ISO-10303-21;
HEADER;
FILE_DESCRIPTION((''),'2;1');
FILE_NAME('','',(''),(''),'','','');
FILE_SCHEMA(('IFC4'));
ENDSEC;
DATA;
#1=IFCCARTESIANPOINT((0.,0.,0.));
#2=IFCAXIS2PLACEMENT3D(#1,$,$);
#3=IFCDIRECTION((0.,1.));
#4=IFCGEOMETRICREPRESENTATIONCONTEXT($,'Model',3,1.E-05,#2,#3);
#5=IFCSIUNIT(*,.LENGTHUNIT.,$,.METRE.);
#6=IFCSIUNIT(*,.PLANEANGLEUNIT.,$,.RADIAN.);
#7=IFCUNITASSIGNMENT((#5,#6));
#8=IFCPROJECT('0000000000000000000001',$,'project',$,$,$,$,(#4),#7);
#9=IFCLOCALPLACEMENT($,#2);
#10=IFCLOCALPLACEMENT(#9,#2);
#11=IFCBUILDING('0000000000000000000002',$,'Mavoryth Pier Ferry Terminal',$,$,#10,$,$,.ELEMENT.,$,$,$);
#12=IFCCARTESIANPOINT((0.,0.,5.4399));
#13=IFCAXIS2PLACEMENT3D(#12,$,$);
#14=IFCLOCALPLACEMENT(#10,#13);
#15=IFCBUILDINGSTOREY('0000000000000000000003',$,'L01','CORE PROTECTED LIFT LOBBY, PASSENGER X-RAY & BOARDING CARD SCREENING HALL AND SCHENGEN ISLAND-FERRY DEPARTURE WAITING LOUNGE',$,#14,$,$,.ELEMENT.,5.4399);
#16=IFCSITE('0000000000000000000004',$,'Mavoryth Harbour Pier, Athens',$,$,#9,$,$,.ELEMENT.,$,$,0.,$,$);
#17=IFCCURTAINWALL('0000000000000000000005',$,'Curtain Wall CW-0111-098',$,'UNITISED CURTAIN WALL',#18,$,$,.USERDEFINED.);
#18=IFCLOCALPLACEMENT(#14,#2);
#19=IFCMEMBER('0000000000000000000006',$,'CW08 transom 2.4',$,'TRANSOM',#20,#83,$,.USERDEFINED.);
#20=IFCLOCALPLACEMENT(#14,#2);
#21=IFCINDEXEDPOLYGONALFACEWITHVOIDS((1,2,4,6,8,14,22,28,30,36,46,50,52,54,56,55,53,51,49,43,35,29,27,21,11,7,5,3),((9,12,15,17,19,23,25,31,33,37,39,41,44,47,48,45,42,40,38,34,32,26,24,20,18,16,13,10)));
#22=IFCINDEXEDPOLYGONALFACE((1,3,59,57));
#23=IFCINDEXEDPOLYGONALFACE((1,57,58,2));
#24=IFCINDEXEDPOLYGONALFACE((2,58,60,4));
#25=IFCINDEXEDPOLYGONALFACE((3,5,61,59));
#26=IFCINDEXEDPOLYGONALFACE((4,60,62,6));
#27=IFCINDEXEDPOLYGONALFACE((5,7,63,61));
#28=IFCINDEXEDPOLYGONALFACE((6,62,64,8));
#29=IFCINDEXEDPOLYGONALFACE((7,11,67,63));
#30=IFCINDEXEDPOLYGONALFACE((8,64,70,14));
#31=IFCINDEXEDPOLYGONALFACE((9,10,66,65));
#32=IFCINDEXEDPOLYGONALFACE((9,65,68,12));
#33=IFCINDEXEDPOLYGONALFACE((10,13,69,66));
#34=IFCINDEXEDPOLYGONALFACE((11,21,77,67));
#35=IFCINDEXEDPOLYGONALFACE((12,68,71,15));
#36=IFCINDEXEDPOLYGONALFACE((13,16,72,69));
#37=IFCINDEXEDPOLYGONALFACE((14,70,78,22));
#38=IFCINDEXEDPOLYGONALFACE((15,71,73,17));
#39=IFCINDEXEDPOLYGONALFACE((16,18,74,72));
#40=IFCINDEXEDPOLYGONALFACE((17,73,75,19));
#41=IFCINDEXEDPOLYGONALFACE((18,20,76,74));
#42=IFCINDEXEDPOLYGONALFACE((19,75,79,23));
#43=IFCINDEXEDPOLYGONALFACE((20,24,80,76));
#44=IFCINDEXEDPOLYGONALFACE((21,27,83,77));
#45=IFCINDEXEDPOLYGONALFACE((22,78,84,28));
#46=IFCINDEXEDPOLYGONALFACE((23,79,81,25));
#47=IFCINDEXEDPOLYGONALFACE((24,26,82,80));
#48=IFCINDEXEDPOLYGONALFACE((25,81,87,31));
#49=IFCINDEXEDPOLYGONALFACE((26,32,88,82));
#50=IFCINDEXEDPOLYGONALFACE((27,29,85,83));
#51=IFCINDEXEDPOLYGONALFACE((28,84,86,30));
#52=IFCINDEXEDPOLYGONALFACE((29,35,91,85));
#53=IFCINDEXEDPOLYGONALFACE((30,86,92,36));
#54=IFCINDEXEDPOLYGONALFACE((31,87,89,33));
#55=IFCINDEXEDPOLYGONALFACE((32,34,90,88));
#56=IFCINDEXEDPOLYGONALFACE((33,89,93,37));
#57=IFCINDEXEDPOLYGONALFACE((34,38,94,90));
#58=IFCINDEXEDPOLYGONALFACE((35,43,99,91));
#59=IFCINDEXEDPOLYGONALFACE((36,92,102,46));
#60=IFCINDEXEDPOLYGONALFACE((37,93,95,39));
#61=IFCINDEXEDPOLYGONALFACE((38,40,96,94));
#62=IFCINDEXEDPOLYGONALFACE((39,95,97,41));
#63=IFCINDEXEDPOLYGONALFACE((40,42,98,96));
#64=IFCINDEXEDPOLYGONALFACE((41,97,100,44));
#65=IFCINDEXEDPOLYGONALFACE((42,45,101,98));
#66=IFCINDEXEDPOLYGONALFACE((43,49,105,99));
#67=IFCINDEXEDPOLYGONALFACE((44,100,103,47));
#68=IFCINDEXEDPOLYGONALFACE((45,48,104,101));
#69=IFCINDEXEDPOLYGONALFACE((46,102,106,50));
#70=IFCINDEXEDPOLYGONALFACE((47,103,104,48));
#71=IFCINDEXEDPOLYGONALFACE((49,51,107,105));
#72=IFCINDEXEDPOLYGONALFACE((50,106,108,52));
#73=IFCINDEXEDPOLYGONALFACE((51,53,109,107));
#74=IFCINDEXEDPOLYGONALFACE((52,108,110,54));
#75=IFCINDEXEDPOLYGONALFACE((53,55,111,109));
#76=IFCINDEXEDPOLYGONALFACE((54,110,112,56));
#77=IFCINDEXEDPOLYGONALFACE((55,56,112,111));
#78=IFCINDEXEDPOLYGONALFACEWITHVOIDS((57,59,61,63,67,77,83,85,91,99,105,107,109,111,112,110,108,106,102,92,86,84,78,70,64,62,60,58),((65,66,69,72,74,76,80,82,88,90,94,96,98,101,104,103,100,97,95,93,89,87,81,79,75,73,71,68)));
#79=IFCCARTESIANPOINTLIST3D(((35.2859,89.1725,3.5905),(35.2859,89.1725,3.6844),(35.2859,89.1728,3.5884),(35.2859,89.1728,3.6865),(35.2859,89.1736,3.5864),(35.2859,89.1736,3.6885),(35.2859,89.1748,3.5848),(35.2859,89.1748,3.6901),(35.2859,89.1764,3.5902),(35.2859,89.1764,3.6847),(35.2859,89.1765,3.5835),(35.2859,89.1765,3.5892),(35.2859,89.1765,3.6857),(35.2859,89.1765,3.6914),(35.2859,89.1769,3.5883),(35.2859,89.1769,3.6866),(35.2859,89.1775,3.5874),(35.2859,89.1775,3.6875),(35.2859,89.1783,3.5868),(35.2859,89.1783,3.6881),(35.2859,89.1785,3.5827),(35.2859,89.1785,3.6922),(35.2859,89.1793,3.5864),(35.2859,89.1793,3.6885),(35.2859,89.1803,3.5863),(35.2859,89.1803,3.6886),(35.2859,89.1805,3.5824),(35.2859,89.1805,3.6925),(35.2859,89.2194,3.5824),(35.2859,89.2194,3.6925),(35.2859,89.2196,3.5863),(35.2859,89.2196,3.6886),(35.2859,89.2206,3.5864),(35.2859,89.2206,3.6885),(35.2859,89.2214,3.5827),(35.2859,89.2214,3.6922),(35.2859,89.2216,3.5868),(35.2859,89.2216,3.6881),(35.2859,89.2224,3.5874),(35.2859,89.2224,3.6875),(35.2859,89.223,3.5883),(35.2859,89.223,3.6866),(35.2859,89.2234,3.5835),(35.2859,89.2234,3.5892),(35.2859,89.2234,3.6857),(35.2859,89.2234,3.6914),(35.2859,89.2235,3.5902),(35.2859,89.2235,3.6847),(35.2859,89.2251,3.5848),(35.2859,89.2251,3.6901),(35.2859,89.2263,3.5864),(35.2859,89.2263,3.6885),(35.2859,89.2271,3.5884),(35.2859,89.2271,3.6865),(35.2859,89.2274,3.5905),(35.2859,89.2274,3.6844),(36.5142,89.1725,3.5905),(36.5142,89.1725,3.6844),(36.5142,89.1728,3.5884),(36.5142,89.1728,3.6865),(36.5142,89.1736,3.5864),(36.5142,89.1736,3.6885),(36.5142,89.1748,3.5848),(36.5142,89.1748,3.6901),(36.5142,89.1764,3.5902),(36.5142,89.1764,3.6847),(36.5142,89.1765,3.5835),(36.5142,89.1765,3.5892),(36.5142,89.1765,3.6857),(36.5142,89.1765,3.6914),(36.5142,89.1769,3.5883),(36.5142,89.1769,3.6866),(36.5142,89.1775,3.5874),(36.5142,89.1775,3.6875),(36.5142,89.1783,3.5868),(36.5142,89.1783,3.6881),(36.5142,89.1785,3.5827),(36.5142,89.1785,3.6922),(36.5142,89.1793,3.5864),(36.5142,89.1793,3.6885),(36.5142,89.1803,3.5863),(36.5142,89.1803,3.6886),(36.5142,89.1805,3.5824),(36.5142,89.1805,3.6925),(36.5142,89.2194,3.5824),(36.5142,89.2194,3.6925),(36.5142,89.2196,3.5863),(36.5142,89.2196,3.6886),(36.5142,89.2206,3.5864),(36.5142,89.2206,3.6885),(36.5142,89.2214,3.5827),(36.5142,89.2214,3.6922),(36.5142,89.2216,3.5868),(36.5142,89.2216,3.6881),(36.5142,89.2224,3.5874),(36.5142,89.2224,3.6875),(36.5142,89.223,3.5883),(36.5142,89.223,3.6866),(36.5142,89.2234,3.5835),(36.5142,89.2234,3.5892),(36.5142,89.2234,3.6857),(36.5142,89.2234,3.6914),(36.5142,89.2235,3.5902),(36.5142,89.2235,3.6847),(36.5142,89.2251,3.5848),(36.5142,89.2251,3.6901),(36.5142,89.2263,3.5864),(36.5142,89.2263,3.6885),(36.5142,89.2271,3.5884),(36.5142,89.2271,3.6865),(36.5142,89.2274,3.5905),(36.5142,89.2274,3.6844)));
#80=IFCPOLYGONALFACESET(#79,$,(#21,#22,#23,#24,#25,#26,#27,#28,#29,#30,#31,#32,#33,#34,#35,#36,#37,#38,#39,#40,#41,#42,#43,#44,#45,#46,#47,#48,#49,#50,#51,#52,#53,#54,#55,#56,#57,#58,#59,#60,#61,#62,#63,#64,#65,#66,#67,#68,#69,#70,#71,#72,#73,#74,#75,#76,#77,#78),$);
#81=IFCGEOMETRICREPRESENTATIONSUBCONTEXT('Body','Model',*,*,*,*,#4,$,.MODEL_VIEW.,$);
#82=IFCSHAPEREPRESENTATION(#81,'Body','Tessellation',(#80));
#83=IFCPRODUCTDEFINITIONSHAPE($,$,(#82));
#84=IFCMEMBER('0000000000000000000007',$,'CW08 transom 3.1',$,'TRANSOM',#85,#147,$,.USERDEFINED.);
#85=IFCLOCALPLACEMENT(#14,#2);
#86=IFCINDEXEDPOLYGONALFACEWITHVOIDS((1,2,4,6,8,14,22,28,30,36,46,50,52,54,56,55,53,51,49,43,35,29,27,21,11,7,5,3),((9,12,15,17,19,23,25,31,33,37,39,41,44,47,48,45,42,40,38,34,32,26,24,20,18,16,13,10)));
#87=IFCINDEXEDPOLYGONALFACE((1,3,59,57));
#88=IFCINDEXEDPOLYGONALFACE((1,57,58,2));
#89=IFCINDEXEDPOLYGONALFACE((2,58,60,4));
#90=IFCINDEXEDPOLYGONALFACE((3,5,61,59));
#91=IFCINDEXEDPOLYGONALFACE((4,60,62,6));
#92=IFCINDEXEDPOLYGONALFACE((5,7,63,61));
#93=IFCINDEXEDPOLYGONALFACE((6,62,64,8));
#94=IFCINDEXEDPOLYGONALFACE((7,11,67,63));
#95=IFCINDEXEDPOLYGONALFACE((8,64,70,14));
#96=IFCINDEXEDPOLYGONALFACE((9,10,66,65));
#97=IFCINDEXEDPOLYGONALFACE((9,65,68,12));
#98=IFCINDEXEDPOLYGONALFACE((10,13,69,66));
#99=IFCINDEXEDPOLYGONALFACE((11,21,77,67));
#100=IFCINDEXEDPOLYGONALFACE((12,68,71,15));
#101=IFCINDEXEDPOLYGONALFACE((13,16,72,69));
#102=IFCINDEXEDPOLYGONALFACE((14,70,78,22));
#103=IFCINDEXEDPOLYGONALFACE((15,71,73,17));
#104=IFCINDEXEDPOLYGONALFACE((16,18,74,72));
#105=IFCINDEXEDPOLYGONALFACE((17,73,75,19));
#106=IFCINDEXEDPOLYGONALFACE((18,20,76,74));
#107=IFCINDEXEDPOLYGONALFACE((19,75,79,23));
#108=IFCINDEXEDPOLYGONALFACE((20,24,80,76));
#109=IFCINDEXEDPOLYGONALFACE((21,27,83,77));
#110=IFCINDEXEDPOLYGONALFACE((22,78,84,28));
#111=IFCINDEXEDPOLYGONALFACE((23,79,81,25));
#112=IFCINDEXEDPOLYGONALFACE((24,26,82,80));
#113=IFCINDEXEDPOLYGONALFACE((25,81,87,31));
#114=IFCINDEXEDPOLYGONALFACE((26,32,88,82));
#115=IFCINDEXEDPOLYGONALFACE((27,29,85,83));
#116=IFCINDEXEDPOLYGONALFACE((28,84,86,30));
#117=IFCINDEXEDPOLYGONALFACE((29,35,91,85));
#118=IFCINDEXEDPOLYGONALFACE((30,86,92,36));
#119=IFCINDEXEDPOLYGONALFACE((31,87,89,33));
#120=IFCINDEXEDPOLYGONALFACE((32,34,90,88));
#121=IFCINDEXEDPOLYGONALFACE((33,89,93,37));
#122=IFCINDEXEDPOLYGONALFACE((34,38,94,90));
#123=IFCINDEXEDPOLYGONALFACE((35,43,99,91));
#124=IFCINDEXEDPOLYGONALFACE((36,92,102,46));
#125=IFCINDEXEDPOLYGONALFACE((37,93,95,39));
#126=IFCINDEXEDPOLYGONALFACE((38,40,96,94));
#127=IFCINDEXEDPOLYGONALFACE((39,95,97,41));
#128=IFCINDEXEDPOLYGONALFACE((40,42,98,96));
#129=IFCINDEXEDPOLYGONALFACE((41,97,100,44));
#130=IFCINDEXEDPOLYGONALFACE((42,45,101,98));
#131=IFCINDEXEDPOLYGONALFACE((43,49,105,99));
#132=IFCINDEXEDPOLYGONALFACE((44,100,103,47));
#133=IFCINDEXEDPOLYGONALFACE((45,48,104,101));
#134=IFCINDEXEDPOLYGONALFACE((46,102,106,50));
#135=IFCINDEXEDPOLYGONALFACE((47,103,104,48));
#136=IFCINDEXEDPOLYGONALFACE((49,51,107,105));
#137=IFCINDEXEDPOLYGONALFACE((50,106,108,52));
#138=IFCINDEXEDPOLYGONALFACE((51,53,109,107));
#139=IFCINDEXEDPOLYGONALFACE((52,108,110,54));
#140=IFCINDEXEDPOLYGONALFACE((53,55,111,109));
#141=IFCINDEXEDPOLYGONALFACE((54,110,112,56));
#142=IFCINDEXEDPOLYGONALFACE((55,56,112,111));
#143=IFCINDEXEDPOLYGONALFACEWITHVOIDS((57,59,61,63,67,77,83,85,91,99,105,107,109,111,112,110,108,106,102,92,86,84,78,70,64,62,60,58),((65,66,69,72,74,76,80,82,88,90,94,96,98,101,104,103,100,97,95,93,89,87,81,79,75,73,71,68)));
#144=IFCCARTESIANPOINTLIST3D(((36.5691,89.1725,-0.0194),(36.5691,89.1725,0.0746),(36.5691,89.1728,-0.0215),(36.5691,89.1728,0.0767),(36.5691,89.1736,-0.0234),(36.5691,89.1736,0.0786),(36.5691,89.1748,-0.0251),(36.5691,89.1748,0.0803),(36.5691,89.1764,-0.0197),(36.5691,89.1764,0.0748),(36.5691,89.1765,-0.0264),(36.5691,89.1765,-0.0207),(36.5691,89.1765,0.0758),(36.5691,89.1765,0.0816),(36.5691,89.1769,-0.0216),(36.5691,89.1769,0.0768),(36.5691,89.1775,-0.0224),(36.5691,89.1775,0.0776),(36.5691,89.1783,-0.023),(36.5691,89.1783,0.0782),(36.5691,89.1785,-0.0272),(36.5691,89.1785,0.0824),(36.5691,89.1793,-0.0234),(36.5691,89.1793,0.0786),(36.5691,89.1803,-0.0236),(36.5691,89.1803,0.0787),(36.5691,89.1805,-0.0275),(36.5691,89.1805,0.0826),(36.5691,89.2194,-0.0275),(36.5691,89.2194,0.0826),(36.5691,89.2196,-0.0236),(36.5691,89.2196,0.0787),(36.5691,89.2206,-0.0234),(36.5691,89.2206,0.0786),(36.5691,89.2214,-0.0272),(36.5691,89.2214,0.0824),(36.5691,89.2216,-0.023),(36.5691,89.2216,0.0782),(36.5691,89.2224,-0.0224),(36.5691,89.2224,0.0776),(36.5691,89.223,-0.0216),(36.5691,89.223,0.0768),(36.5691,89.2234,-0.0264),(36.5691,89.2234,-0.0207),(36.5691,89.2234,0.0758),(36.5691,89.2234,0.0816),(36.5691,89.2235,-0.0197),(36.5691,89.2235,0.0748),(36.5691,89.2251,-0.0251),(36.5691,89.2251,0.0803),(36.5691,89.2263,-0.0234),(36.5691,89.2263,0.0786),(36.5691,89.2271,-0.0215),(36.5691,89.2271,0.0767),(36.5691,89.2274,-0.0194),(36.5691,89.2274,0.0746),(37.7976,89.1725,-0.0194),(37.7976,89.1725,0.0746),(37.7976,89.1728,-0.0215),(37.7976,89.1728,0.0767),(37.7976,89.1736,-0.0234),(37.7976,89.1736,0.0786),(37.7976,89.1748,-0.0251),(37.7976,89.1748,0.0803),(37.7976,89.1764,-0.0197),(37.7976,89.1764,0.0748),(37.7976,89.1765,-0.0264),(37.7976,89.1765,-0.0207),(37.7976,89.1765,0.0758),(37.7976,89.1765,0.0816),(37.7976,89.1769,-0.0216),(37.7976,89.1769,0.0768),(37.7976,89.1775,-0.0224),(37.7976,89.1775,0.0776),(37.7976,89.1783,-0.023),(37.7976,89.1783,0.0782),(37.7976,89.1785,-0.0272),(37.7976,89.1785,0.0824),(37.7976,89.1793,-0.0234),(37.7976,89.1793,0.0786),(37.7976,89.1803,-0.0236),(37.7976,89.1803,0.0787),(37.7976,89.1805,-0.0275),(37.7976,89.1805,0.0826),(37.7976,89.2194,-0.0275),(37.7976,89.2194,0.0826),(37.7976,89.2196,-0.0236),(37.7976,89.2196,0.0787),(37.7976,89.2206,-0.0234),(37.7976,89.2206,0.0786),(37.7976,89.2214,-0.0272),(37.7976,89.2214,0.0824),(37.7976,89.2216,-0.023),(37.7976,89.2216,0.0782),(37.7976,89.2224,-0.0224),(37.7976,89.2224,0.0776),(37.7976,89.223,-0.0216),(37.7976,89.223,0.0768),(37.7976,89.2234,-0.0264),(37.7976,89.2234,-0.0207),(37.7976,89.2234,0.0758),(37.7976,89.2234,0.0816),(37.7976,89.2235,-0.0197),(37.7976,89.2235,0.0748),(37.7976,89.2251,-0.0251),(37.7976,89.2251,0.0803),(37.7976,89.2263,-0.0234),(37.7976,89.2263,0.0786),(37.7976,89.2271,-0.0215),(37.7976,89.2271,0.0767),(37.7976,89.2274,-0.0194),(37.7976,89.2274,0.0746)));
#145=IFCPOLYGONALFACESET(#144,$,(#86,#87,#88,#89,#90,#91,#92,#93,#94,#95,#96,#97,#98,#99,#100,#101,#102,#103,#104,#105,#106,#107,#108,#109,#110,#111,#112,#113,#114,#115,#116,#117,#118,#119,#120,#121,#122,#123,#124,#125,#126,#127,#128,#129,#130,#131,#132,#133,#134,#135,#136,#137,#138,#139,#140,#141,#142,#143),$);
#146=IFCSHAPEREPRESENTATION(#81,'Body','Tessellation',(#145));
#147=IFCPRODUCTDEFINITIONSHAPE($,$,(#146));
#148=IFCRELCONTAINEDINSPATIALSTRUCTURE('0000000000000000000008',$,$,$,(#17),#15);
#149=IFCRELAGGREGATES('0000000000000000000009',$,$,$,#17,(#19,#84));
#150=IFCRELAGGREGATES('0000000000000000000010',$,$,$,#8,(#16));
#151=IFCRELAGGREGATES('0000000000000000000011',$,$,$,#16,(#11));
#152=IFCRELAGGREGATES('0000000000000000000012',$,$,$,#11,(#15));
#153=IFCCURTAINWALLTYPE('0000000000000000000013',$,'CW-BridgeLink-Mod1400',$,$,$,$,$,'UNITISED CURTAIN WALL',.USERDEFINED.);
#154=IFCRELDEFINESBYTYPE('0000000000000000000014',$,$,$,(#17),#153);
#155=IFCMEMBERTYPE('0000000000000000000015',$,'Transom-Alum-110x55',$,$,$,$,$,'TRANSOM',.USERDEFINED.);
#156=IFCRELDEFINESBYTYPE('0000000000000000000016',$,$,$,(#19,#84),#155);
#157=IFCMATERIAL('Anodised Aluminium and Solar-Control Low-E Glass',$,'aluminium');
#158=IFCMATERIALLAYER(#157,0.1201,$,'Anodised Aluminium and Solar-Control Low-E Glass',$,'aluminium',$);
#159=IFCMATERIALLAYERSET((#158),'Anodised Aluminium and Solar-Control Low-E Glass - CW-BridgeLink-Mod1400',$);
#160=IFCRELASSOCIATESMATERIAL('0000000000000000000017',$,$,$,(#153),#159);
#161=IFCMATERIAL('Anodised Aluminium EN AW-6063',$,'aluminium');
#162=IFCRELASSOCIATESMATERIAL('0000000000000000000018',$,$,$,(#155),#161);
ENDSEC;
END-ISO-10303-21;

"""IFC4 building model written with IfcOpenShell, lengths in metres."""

from ifc_helpers import new_model, si_unit, direction, frame, origin, origin_2d, place, context, subcontext, project, spatial, hollow_rectangle, extrude, material, layer, layer_set, material_profile, profile_set, type_object, element, aggregate, save


model = new_model("IFC4")

# Units and contexts
model_context = context("Model", 3, precision=1e-05, world=origin(), true_north=direction((0.0, 1.0)))
body_context = subcontext(model_context, "Body", "Model", "MODEL_VIEW")
ifc_project = project(units=[si_unit("LENGTHUNIT", "METRE"), si_unit("PLANEANGLEUNIT", "RADIAN")], contexts=[model_context])

# Site, building, storey
site_placement = place(None, origin())
site = spatial("IfcSite", under=ifc_project, at=site_placement, Name="Mavoryth Harbour Pier, Athens", CompositionType="ELEMENT", RefElevation=0.0)
building_placement = place(site_placement, origin())
building = spatial("IfcBuilding", under=site, at=building_placement, Name="Mavoryth Pier Ferry Terminal", CompositionType="ELEMENT")
storey_placement = place(building_placement, frame((0.0, 0.0, 5.4399)))
storey = spatial("IfcBuildingStorey", under=building, at=storey_placement, Name="L01", Description="CORE PROTECTED LIFT LOBBY, PASSENGER X-RAY & BOARDING CARD SCREENING HALL AND SCHENGEN ISLAND-FERRY DEPARTURE WAITING LOUNGE", CompositionType="ELEMENT", Elevation=5.4399)

# Curtain wall, members
ifc_material_1 = material(Name="Anodised Aluminium and Solar-Control Low-E Glass", Category="aluminium")
ifc_layer_1 = layer(ifc_material_1, 0.1201, Name="Anodised Aluminium and Solar-Control Low-E Glass", Category="aluminium")
ifc_layer_set_1 = layer_set([ifc_layer_1], Name="Anodised Aluminium and Solar-Control Low-E Glass - CW-BridgeLink-Mod1400")
curtain_wall_type = type_object("IfcCurtainWallType", Name="CW-BridgeLink-Mod1400", ElementType="UNITISED CURTAIN WALL", PredefinedType="USERDEFINED", material=ifc_layer_set_1)
curtain_wall_placement = place(storey_placement, origin())
curtain_wall = element("IfcCurtainWall", 1, at=curtain_wall_placement, inside=storey, type_object=curtain_wall_type, Name="Curtain Wall CW-0111-098", ObjectType="UNITISED CURTAIN WALL", PredefinedType="USERDEFINED")
ifc_material_2 = material(Name="Anodised Aluminium EN AW-6063", Category="aluminium")
ifc_material_profile_1 = material_profile(ifc_material_2, hollow_rectangle(XDim=0.0549, YDim=0.1101, WallThickness=0.0039, InnerFilletRadius=0.0039, OuterFilletRadius=0.0081, at=origin_2d()), Name="AL-TRAN 110x55x4", Category="aluminium")
ifc_profile_set_1 = profile_set([ifc_material_profile_1], Name="Anodised Aluminium EN AW-6063 - AL-TRAN 110x55x4")
member_type_1 = type_object("IfcMemberType", Name="Transom-Alum-110x55", ElementType="TRANSOM", PredefinedType="USERDEFINED", material=ifc_profile_set_1)
member_1_placement = place(storey_placement, frame((35.2859, 89.2, 3.6375), z_axis=(1.0, 0.0, 0.0), x_axis=(0.0, 1.0, 0.0)))
member_1 = element("IfcMember", 2, at=member_1_placement, type_object=member_type_1, Name="CW08 transom 2.4", ObjectType="TRANSOM", PredefinedType="USERDEFINED", context=body_context, shape_type="SweptSolid", body=[
    extrude(hollow_rectangle(XDim=0.0549, YDim=0.1101, WallThickness=0.0039, InnerFilletRadius=0.0039, OuterFilletRadius=0.0081, at=origin_2d()), origin(), (0.0, 0.0, 1.0), 1.2283),
])
member_2_placement = place(storey_placement, frame((36.5691, 89.2, 0.0276), z_axis=(1.0, 0.0, 0.0), x_axis=(0.0, 1.0, 0.0)))
member_2 = element("IfcMember", 3, at=member_2_placement, type_object=member_type_1, Name="CW08 transom 3.1", ObjectType="TRANSOM", PredefinedType="USERDEFINED", context=body_context, shape_type="SweptSolid", body=[
    extrude(hollow_rectangle(XDim=0.0549, YDim=0.1101, WallThickness=0.0039, InnerFilletRadius=0.0039, OuterFilletRadius=0.0081, at=origin_2d()), origin(), (0.0, 0.0, 1.0), 1.2285),
])
aggregate(curtain_wall, [member_1, member_2])

save(model, "model.ifc")
